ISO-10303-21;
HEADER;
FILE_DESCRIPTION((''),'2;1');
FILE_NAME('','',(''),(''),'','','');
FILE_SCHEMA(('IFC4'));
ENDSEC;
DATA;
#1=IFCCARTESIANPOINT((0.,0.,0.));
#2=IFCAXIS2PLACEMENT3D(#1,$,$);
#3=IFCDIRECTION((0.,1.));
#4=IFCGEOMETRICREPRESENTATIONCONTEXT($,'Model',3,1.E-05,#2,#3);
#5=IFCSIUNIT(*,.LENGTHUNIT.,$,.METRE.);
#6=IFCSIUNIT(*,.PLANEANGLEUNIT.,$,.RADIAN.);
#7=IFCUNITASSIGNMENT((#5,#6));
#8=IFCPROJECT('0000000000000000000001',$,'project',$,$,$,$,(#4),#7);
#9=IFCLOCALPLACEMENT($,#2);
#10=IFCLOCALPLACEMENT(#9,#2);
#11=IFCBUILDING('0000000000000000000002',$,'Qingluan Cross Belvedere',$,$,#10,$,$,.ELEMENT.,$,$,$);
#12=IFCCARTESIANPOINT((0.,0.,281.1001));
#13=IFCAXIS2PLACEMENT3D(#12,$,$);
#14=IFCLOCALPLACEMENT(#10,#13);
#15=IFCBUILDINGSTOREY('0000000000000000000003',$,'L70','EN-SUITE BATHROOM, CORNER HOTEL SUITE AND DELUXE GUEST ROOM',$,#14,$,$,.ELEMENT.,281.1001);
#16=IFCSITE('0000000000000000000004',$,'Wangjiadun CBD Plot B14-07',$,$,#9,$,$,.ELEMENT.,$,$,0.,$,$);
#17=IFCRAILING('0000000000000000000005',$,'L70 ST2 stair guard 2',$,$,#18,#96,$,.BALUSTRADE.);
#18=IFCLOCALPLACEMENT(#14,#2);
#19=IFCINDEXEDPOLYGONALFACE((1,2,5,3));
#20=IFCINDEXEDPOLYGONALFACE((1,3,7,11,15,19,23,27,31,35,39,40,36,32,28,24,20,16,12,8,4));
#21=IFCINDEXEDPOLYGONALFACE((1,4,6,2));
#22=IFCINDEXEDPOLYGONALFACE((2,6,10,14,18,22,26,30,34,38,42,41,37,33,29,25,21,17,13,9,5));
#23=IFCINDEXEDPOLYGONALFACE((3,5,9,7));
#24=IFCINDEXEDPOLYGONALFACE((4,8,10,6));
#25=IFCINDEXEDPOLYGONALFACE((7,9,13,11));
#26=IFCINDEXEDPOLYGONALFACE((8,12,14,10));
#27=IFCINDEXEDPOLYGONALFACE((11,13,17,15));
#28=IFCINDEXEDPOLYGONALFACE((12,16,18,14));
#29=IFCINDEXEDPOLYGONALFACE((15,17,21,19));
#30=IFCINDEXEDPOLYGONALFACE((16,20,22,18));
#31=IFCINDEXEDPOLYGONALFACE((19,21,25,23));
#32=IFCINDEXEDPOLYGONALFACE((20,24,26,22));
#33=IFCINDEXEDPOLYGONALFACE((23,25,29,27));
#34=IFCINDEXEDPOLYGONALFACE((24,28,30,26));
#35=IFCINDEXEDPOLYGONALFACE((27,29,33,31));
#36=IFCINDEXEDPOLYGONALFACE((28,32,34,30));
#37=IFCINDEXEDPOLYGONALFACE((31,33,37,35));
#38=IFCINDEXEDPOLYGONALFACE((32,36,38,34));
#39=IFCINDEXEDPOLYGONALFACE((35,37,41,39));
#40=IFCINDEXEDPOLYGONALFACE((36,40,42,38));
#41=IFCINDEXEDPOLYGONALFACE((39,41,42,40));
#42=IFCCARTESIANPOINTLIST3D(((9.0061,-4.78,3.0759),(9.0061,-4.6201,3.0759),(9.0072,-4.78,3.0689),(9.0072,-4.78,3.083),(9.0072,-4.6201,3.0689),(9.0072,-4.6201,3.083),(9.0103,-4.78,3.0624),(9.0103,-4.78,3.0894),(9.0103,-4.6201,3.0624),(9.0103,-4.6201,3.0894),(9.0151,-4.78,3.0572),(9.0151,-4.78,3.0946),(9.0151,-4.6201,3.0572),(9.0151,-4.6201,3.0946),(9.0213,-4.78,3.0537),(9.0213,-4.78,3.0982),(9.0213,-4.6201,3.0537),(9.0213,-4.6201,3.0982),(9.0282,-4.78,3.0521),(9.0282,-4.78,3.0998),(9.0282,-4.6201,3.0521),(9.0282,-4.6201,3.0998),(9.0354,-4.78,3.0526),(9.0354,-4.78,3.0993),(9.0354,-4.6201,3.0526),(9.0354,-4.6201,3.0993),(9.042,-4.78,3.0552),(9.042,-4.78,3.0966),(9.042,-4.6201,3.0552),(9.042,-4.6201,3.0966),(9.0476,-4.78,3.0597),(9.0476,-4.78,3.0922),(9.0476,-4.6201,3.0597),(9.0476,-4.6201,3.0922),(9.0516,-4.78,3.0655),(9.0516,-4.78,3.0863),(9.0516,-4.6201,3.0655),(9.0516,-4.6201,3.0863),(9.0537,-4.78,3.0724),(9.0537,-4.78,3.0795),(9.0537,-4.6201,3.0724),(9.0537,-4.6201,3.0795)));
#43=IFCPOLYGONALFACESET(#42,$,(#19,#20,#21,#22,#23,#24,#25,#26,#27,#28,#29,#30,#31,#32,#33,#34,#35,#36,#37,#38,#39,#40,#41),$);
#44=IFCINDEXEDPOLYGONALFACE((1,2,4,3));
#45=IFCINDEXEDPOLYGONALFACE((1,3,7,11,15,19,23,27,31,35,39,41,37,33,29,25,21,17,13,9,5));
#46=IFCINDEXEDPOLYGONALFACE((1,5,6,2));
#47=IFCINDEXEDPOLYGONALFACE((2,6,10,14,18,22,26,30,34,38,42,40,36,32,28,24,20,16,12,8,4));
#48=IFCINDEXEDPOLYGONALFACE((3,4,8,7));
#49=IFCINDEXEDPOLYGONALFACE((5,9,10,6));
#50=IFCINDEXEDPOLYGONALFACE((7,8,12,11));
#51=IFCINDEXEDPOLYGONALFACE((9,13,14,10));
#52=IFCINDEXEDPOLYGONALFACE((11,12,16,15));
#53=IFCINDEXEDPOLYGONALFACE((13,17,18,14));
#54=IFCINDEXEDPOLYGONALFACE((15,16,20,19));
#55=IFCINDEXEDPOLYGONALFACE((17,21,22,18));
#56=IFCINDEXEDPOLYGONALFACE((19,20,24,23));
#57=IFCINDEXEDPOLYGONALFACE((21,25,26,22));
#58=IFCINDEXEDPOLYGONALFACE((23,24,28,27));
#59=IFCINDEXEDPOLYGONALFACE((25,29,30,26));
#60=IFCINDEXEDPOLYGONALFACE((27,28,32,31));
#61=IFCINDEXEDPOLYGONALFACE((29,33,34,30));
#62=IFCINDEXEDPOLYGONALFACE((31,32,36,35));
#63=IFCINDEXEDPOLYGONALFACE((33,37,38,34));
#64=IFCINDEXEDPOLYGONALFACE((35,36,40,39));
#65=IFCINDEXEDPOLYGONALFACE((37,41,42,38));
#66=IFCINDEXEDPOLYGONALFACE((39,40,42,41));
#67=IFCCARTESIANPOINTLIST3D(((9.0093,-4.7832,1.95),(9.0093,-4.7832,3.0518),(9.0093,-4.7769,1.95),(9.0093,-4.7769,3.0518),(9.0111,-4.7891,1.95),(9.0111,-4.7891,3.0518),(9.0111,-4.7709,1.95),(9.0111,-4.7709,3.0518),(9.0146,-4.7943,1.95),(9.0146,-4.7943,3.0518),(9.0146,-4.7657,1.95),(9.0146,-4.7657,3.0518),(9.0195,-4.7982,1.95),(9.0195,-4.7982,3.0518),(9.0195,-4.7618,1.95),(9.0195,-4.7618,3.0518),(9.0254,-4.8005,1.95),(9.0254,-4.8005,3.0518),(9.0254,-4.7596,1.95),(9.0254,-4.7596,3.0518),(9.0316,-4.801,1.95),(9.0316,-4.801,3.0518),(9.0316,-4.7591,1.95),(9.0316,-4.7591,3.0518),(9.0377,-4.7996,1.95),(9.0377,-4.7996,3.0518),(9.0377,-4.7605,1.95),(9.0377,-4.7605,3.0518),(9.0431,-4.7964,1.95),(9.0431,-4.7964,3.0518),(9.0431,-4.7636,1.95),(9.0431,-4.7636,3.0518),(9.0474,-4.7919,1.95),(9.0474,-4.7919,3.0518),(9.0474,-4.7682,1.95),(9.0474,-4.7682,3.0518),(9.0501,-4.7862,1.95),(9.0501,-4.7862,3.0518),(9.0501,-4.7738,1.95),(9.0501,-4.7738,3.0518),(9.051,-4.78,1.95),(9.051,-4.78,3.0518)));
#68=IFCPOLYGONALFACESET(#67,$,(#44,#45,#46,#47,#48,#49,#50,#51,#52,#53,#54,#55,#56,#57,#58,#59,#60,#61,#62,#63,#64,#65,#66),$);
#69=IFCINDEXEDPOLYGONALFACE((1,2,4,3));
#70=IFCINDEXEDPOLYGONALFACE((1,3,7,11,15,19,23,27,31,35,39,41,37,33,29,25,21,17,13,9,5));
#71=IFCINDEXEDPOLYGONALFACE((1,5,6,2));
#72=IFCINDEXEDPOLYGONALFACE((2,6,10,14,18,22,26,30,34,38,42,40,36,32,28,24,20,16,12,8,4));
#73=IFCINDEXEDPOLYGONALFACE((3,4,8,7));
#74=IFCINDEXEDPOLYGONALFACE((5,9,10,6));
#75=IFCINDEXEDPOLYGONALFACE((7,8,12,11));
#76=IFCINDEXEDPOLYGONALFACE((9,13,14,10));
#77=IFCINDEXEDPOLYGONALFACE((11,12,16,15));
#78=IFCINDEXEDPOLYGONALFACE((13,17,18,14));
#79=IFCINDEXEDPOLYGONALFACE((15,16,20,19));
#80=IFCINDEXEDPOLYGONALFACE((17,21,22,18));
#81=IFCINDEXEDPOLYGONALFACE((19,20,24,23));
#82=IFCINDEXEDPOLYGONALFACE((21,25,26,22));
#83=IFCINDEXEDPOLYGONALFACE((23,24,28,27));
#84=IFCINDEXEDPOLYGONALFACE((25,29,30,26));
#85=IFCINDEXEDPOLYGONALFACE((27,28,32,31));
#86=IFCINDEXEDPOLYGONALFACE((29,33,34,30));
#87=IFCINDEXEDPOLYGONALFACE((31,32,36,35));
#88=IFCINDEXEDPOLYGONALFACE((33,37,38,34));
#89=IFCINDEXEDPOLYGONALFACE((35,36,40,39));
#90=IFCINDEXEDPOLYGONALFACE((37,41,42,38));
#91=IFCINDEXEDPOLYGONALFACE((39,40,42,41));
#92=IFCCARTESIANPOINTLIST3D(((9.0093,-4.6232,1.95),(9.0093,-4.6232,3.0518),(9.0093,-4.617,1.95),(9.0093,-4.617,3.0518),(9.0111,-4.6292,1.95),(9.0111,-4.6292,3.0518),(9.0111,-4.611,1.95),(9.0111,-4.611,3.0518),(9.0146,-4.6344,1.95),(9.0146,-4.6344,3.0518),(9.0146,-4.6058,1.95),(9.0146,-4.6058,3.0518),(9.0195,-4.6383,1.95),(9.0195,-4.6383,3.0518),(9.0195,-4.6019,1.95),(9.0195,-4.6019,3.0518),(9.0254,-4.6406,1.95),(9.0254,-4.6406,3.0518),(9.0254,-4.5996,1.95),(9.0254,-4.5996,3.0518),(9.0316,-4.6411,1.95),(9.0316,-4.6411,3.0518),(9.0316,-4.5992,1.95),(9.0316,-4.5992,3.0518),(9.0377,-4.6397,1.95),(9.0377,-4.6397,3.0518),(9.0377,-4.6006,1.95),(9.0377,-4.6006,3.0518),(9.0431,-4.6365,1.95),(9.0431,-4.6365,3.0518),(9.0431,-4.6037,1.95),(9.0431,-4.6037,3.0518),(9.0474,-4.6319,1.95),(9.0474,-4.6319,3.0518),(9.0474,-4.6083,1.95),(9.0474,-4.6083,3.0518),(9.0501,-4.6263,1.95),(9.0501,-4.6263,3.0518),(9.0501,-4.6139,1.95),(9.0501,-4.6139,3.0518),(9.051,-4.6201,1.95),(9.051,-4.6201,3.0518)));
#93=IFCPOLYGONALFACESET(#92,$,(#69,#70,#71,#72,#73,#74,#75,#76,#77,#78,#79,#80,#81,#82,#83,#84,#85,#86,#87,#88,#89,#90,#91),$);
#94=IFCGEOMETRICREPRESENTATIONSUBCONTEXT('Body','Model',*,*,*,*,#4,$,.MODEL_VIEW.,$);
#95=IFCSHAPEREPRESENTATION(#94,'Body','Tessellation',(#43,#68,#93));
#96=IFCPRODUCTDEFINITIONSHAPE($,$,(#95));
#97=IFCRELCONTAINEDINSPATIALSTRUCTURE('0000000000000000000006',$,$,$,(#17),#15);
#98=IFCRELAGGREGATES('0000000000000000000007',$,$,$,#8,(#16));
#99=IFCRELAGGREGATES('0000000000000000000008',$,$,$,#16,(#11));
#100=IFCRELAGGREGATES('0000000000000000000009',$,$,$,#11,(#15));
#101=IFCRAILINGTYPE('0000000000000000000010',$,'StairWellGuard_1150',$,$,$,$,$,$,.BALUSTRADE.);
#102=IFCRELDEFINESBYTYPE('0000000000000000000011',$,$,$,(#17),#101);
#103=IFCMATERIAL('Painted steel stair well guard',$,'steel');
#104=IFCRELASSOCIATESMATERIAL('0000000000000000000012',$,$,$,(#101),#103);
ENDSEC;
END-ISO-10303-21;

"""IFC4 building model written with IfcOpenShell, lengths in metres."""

from ifc_helpers import new_model, si_unit, direction, frame, origin, origin_2d, place, context, subcontext, project, spatial, circle, extrude, material, type_object, element, save


model = new_model("IFC4")

# Units and contexts
model_context = context("Model", 3, precision=1e-05, world=origin(), true_north=direction((0.0, 1.0)))
body_context = subcontext(model_context, "Body", "Model", "MODEL_VIEW")
ifc_project = project(units=[si_unit("LENGTHUNIT", "METRE"), si_unit("PLANEANGLEUNIT", "RADIAN")], contexts=[model_context])

# Site, building, storey
site_placement = place(None, origin())
site = spatial("IfcSite", under=ifc_project, at=site_placement, Name="Wangjiadun CBD Plot B14-07", CompositionType="ELEMENT", RefElevation=0.0)
building_placement = place(site_placement, origin())
building = spatial("IfcBuilding", under=site, at=building_placement, Name="Qingluan Cross Belvedere", CompositionType="ELEMENT")
storey_placement = place(building_placement, frame((0.0, 0.0, 281.1001)))
storey = spatial("IfcBuildingStorey", under=building, at=storey_placement, Name="L70", Description="EN-SUITE BATHROOM, CORNER HOTEL SUITE AND DELUXE GUEST ROOM", CompositionType="ELEMENT", Elevation=281.1001)

# Railing
ifc_material_1 = material(Name="Painted steel stair well guard", Category="steel")
railing_type_1 = type_object("IfcRailingType", Name="StairWellGuard_1150", PredefinedType="BALUSTRADE", material=ifc_material_1)
railing_1_placement = place(storey_placement, frame((9.03, -4.78, 1.95)))
element("IfcRailing", 1, at=railing_1_placement, inside=storey, type_object=railing_type_1, Name="L70 ST2 stair guard 2", PredefinedType="BALUSTRADE", context=body_context, shape_type="SweptSolid", body=[
    extrude(circle(Radius=0.0239, at=origin_2d()), frame((0.0, 0.0, 1.126), z_axis=(0.0, 1.0, 0.0), x_axis=(-1.0, 0.0, 0.0)), (0.0, 0.0, 1.0), 0.1599),
    extrude(circle(Radius=0.021, at=origin_2d()), origin(), (0.0, 0.0, 1.0), 1.1018),
    extrude(circle(Radius=0.021, at=origin_2d()), frame((0.0, 0.1599, 0.0)), (0.0, 0.0, 1.0), 1.1018),
])

save(model, "model.ifc")
